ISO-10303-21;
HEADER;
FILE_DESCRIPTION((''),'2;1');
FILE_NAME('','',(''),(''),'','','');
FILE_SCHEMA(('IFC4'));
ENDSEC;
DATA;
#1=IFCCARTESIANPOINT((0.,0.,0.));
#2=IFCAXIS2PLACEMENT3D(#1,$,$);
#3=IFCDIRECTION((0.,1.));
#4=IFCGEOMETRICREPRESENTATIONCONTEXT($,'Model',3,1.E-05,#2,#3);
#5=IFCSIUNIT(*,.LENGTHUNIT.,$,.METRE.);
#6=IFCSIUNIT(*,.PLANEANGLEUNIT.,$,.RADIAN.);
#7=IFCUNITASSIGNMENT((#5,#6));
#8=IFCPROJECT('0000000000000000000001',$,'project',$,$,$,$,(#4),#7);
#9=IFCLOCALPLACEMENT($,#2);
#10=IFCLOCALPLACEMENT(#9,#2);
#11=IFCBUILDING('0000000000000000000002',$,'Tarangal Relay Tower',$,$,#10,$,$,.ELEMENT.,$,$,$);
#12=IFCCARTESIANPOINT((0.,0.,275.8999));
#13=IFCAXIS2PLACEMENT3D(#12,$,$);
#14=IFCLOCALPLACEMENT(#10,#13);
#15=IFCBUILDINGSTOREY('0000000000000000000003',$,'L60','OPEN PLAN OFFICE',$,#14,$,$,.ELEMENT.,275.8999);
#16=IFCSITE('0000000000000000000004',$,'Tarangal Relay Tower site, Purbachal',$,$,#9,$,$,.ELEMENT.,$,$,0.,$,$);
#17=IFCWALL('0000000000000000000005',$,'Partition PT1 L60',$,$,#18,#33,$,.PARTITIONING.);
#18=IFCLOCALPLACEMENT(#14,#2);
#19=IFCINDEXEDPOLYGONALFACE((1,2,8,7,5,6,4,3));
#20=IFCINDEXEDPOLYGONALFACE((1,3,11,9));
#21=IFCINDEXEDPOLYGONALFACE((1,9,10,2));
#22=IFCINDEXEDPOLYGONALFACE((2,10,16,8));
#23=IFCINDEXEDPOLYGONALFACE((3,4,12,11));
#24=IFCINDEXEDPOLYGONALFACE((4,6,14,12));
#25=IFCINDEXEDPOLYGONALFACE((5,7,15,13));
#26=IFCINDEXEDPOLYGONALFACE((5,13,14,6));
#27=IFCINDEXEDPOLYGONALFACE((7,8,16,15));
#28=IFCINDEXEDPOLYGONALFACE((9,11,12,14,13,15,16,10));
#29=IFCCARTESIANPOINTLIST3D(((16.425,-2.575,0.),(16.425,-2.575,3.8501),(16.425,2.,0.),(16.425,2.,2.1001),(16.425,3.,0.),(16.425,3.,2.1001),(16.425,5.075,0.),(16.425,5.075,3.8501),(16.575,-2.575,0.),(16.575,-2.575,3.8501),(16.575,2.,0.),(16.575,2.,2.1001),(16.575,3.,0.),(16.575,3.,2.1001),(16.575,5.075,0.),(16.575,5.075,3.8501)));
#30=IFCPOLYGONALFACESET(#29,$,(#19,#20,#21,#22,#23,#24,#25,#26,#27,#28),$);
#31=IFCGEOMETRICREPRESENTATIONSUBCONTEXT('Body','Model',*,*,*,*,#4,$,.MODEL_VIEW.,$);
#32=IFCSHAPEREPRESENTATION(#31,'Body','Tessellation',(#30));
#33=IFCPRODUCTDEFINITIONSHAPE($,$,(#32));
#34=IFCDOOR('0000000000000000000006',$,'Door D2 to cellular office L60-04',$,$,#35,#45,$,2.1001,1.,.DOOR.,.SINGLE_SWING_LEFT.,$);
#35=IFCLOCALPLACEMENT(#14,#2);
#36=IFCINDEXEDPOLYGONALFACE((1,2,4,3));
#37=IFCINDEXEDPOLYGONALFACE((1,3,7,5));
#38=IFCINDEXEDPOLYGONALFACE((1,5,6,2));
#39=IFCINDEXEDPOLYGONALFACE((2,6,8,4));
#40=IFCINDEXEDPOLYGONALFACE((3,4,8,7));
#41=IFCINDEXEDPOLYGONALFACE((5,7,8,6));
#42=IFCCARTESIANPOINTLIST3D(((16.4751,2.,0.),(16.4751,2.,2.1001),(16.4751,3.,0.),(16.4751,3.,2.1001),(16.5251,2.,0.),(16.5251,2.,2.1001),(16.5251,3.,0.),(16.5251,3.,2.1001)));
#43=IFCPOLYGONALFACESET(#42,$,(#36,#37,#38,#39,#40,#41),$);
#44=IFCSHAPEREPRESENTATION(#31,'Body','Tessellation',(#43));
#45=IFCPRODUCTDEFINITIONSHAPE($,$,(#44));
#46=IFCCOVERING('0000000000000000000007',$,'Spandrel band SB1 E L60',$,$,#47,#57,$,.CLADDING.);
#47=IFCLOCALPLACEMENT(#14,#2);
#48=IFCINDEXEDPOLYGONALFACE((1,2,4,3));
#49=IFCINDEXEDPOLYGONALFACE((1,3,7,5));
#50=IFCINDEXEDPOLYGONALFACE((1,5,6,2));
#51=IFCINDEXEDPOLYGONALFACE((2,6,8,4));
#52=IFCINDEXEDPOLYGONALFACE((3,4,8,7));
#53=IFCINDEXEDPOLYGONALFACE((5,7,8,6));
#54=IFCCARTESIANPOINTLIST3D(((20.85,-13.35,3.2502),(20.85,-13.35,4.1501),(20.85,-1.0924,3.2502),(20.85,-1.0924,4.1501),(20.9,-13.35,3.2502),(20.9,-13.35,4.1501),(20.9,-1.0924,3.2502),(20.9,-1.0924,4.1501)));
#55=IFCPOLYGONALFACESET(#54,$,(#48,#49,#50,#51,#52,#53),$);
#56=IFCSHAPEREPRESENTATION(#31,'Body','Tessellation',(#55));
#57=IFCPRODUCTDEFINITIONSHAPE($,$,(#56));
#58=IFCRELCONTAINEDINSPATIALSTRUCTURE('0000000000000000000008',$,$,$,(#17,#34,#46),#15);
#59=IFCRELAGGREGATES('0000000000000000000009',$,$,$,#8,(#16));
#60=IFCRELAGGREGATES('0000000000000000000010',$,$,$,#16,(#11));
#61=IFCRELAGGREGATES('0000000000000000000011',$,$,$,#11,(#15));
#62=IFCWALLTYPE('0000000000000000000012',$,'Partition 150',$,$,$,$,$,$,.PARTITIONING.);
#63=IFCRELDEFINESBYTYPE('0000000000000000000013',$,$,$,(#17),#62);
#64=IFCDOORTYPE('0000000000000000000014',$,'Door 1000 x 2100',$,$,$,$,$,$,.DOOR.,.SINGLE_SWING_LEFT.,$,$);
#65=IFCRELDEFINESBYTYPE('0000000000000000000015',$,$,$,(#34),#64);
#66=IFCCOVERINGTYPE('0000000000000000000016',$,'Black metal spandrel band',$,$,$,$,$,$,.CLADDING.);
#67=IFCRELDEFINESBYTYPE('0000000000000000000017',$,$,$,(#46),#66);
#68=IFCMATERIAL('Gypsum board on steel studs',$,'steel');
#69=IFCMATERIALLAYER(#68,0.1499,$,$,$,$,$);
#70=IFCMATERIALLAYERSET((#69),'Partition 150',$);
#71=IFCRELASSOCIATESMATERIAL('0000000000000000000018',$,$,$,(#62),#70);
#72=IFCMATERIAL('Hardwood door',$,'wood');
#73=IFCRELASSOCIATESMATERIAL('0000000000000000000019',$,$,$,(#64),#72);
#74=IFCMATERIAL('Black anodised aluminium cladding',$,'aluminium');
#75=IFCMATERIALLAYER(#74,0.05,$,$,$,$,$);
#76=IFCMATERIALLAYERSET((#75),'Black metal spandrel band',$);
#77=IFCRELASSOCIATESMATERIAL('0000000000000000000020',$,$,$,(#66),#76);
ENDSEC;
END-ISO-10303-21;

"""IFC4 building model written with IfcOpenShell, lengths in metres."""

from ifc_helpers import new_model, si_unit, direction, frame, frame_2d, origin, origin_2d, place, context, subcontext, project, spatial, rectangle, extrude, material, layer, layer_set, type_object, element, fill, save


model = new_model("IFC4")

# Units and contexts
model_context = context("Model", 3, precision=1e-05, world=origin(), true_north=direction((0.0, 1.0)))
body_context = subcontext(model_context, "Body", "Model", "MODEL_VIEW")
ifc_project = project(units=[si_unit("LENGTHUNIT", "METRE"), si_unit("PLANEANGLEUNIT", "RADIAN")], contexts=[model_context])

# Site, building, storey
site_placement = place(None, origin())
site = spatial("IfcSite", under=ifc_project, at=site_placement, Name="Tarangal Relay Tower site, Purbachal", CompositionType="ELEMENT", RefElevation=0.0)
building_placement = place(site_placement, origin())
building = spatial("IfcBuilding", under=site, at=building_placement, Name="Tarangal Relay Tower", CompositionType="ELEMENT")
storey_placement = place(building_placement, frame((0.0, 0.0, 275.8999)))
storey = spatial("IfcBuildingStorey", under=building, at=storey_placement, Name="L60", Description="OPEN PLAN OFFICE", CompositionType="ELEMENT", Elevation=275.8999)

# Wall, opening, door
ifc_material_1 = material(Name="Gypsum board on steel studs", Category="steel")
ifc_layer_1 = layer(ifc_material_1, 0.1499)
ifc_layer_set_1 = layer_set([ifc_layer_1], Name="Partition 150")
wall_type_1 = type_object("IfcWallType", Name="Partition 150", PredefinedType="PARTITIONING", material=ifc_layer_set_1)
ifc_material_2 = material(Name="Hardwood door", Category="wood")
door_type_1 = type_object("IfcDoorType", Name="Door 1000 x 2100", OperationType="SINGLE_SWING_LEFT", PredefinedType="DOOR", material=ifc_material_2)
wall_1_placement = place(storey_placement, frame((16.5, -2.575, 0.0), z_axis=(0.0, 0.0, 1.0), x_axis=(0.0, 1.0, 0.0)))
wall_1 = element("IfcWall", 1, at=wall_1_placement, inside=storey, type_object=wall_type_1, Name="Partition PT1 L60", PredefinedType="PARTITIONING", context=body_context, shape_type="SweptSolid", body=[
    extrude(rectangle(XDim=7.6499, YDim=0.1499, at=frame_2d((3.825, 0.0))), origin(), (0.0, 0.0, 1.0), 3.8501),
])
opening_1_placement = place(wall_1_placement, frame((4.575, 0.0, 0.0)))
opening_1 = element("IfcOpeningElement", 2, at=opening_1_placement, cuts=wall_1, PredefinedType="OPENING", context=body_context, shape_type="SweptSolid", body=[
    extrude(rectangle(XDim=1.0, YDim=2.1001, at=frame_2d((0.5, 1.05))), frame((0.0, 0.085, 0.0), z_axis=(0.0, -1.0, 0.0), x_axis=(1.0, 0.0, 0.0)), (0.0, 0.0, 1.0), 0.1699),
])
door_1_placement = place(opening_1_placement, origin())
door_1 = element("IfcDoor", 3, at=door_1_placement, inside=storey, type_object=door_type_1, Name="Door D2 to cellular office L60-04", OperationType="SINGLE_SWING_LEFT", OverallHeight=2.1001, OverallWidth=1.0, PredefinedType="DOOR", context=body_context, shape_type="SweptSolid", body=[
    extrude(rectangle(XDim=1.0, YDim=2.1001, at=frame_2d((0.5, 1.05))), frame((0.0, 0.0249, 0.0), z_axis=(0.0, -1.0, 0.0), x_axis=(1.0, 0.0, 0.0)), (0.0, 0.0, 1.0), 0.05),
])
fill(opening_1, door_1)

# Covering
ifc_material_3 = material(Name="Black anodised aluminium cladding", Category="aluminium")
ifc_layer_2 = layer(ifc_material_3, 0.05)
ifc_layer_set_2 = layer_set([ifc_layer_2], Name="Black metal spandrel band")
covering_type = type_object("IfcCoveringType", Name="Black metal spandrel band", PredefinedType="CLADDING", material=ifc_layer_set_2)
covering_placement = place(storey_placement, frame((20.875, -7.2212, 3.2502), z_axis=(0.0, 0.0, 1.0), x_axis=(0.0, -1.0, 0.0)))
element("IfcCovering", 4, at=covering_placement, inside=storey, type_object=covering_type, Name="Spandrel band SB1 E L60", PredefinedType="CLADDING", context=body_context, shape_type="SweptSolid", body=[
    extrude(rectangle(XDim=12.2576, YDim=0.05, at=origin_2d()), origin(), (0.0, 0.0, 1.0), 0.8999),
])

save(model, "model.ifc")
